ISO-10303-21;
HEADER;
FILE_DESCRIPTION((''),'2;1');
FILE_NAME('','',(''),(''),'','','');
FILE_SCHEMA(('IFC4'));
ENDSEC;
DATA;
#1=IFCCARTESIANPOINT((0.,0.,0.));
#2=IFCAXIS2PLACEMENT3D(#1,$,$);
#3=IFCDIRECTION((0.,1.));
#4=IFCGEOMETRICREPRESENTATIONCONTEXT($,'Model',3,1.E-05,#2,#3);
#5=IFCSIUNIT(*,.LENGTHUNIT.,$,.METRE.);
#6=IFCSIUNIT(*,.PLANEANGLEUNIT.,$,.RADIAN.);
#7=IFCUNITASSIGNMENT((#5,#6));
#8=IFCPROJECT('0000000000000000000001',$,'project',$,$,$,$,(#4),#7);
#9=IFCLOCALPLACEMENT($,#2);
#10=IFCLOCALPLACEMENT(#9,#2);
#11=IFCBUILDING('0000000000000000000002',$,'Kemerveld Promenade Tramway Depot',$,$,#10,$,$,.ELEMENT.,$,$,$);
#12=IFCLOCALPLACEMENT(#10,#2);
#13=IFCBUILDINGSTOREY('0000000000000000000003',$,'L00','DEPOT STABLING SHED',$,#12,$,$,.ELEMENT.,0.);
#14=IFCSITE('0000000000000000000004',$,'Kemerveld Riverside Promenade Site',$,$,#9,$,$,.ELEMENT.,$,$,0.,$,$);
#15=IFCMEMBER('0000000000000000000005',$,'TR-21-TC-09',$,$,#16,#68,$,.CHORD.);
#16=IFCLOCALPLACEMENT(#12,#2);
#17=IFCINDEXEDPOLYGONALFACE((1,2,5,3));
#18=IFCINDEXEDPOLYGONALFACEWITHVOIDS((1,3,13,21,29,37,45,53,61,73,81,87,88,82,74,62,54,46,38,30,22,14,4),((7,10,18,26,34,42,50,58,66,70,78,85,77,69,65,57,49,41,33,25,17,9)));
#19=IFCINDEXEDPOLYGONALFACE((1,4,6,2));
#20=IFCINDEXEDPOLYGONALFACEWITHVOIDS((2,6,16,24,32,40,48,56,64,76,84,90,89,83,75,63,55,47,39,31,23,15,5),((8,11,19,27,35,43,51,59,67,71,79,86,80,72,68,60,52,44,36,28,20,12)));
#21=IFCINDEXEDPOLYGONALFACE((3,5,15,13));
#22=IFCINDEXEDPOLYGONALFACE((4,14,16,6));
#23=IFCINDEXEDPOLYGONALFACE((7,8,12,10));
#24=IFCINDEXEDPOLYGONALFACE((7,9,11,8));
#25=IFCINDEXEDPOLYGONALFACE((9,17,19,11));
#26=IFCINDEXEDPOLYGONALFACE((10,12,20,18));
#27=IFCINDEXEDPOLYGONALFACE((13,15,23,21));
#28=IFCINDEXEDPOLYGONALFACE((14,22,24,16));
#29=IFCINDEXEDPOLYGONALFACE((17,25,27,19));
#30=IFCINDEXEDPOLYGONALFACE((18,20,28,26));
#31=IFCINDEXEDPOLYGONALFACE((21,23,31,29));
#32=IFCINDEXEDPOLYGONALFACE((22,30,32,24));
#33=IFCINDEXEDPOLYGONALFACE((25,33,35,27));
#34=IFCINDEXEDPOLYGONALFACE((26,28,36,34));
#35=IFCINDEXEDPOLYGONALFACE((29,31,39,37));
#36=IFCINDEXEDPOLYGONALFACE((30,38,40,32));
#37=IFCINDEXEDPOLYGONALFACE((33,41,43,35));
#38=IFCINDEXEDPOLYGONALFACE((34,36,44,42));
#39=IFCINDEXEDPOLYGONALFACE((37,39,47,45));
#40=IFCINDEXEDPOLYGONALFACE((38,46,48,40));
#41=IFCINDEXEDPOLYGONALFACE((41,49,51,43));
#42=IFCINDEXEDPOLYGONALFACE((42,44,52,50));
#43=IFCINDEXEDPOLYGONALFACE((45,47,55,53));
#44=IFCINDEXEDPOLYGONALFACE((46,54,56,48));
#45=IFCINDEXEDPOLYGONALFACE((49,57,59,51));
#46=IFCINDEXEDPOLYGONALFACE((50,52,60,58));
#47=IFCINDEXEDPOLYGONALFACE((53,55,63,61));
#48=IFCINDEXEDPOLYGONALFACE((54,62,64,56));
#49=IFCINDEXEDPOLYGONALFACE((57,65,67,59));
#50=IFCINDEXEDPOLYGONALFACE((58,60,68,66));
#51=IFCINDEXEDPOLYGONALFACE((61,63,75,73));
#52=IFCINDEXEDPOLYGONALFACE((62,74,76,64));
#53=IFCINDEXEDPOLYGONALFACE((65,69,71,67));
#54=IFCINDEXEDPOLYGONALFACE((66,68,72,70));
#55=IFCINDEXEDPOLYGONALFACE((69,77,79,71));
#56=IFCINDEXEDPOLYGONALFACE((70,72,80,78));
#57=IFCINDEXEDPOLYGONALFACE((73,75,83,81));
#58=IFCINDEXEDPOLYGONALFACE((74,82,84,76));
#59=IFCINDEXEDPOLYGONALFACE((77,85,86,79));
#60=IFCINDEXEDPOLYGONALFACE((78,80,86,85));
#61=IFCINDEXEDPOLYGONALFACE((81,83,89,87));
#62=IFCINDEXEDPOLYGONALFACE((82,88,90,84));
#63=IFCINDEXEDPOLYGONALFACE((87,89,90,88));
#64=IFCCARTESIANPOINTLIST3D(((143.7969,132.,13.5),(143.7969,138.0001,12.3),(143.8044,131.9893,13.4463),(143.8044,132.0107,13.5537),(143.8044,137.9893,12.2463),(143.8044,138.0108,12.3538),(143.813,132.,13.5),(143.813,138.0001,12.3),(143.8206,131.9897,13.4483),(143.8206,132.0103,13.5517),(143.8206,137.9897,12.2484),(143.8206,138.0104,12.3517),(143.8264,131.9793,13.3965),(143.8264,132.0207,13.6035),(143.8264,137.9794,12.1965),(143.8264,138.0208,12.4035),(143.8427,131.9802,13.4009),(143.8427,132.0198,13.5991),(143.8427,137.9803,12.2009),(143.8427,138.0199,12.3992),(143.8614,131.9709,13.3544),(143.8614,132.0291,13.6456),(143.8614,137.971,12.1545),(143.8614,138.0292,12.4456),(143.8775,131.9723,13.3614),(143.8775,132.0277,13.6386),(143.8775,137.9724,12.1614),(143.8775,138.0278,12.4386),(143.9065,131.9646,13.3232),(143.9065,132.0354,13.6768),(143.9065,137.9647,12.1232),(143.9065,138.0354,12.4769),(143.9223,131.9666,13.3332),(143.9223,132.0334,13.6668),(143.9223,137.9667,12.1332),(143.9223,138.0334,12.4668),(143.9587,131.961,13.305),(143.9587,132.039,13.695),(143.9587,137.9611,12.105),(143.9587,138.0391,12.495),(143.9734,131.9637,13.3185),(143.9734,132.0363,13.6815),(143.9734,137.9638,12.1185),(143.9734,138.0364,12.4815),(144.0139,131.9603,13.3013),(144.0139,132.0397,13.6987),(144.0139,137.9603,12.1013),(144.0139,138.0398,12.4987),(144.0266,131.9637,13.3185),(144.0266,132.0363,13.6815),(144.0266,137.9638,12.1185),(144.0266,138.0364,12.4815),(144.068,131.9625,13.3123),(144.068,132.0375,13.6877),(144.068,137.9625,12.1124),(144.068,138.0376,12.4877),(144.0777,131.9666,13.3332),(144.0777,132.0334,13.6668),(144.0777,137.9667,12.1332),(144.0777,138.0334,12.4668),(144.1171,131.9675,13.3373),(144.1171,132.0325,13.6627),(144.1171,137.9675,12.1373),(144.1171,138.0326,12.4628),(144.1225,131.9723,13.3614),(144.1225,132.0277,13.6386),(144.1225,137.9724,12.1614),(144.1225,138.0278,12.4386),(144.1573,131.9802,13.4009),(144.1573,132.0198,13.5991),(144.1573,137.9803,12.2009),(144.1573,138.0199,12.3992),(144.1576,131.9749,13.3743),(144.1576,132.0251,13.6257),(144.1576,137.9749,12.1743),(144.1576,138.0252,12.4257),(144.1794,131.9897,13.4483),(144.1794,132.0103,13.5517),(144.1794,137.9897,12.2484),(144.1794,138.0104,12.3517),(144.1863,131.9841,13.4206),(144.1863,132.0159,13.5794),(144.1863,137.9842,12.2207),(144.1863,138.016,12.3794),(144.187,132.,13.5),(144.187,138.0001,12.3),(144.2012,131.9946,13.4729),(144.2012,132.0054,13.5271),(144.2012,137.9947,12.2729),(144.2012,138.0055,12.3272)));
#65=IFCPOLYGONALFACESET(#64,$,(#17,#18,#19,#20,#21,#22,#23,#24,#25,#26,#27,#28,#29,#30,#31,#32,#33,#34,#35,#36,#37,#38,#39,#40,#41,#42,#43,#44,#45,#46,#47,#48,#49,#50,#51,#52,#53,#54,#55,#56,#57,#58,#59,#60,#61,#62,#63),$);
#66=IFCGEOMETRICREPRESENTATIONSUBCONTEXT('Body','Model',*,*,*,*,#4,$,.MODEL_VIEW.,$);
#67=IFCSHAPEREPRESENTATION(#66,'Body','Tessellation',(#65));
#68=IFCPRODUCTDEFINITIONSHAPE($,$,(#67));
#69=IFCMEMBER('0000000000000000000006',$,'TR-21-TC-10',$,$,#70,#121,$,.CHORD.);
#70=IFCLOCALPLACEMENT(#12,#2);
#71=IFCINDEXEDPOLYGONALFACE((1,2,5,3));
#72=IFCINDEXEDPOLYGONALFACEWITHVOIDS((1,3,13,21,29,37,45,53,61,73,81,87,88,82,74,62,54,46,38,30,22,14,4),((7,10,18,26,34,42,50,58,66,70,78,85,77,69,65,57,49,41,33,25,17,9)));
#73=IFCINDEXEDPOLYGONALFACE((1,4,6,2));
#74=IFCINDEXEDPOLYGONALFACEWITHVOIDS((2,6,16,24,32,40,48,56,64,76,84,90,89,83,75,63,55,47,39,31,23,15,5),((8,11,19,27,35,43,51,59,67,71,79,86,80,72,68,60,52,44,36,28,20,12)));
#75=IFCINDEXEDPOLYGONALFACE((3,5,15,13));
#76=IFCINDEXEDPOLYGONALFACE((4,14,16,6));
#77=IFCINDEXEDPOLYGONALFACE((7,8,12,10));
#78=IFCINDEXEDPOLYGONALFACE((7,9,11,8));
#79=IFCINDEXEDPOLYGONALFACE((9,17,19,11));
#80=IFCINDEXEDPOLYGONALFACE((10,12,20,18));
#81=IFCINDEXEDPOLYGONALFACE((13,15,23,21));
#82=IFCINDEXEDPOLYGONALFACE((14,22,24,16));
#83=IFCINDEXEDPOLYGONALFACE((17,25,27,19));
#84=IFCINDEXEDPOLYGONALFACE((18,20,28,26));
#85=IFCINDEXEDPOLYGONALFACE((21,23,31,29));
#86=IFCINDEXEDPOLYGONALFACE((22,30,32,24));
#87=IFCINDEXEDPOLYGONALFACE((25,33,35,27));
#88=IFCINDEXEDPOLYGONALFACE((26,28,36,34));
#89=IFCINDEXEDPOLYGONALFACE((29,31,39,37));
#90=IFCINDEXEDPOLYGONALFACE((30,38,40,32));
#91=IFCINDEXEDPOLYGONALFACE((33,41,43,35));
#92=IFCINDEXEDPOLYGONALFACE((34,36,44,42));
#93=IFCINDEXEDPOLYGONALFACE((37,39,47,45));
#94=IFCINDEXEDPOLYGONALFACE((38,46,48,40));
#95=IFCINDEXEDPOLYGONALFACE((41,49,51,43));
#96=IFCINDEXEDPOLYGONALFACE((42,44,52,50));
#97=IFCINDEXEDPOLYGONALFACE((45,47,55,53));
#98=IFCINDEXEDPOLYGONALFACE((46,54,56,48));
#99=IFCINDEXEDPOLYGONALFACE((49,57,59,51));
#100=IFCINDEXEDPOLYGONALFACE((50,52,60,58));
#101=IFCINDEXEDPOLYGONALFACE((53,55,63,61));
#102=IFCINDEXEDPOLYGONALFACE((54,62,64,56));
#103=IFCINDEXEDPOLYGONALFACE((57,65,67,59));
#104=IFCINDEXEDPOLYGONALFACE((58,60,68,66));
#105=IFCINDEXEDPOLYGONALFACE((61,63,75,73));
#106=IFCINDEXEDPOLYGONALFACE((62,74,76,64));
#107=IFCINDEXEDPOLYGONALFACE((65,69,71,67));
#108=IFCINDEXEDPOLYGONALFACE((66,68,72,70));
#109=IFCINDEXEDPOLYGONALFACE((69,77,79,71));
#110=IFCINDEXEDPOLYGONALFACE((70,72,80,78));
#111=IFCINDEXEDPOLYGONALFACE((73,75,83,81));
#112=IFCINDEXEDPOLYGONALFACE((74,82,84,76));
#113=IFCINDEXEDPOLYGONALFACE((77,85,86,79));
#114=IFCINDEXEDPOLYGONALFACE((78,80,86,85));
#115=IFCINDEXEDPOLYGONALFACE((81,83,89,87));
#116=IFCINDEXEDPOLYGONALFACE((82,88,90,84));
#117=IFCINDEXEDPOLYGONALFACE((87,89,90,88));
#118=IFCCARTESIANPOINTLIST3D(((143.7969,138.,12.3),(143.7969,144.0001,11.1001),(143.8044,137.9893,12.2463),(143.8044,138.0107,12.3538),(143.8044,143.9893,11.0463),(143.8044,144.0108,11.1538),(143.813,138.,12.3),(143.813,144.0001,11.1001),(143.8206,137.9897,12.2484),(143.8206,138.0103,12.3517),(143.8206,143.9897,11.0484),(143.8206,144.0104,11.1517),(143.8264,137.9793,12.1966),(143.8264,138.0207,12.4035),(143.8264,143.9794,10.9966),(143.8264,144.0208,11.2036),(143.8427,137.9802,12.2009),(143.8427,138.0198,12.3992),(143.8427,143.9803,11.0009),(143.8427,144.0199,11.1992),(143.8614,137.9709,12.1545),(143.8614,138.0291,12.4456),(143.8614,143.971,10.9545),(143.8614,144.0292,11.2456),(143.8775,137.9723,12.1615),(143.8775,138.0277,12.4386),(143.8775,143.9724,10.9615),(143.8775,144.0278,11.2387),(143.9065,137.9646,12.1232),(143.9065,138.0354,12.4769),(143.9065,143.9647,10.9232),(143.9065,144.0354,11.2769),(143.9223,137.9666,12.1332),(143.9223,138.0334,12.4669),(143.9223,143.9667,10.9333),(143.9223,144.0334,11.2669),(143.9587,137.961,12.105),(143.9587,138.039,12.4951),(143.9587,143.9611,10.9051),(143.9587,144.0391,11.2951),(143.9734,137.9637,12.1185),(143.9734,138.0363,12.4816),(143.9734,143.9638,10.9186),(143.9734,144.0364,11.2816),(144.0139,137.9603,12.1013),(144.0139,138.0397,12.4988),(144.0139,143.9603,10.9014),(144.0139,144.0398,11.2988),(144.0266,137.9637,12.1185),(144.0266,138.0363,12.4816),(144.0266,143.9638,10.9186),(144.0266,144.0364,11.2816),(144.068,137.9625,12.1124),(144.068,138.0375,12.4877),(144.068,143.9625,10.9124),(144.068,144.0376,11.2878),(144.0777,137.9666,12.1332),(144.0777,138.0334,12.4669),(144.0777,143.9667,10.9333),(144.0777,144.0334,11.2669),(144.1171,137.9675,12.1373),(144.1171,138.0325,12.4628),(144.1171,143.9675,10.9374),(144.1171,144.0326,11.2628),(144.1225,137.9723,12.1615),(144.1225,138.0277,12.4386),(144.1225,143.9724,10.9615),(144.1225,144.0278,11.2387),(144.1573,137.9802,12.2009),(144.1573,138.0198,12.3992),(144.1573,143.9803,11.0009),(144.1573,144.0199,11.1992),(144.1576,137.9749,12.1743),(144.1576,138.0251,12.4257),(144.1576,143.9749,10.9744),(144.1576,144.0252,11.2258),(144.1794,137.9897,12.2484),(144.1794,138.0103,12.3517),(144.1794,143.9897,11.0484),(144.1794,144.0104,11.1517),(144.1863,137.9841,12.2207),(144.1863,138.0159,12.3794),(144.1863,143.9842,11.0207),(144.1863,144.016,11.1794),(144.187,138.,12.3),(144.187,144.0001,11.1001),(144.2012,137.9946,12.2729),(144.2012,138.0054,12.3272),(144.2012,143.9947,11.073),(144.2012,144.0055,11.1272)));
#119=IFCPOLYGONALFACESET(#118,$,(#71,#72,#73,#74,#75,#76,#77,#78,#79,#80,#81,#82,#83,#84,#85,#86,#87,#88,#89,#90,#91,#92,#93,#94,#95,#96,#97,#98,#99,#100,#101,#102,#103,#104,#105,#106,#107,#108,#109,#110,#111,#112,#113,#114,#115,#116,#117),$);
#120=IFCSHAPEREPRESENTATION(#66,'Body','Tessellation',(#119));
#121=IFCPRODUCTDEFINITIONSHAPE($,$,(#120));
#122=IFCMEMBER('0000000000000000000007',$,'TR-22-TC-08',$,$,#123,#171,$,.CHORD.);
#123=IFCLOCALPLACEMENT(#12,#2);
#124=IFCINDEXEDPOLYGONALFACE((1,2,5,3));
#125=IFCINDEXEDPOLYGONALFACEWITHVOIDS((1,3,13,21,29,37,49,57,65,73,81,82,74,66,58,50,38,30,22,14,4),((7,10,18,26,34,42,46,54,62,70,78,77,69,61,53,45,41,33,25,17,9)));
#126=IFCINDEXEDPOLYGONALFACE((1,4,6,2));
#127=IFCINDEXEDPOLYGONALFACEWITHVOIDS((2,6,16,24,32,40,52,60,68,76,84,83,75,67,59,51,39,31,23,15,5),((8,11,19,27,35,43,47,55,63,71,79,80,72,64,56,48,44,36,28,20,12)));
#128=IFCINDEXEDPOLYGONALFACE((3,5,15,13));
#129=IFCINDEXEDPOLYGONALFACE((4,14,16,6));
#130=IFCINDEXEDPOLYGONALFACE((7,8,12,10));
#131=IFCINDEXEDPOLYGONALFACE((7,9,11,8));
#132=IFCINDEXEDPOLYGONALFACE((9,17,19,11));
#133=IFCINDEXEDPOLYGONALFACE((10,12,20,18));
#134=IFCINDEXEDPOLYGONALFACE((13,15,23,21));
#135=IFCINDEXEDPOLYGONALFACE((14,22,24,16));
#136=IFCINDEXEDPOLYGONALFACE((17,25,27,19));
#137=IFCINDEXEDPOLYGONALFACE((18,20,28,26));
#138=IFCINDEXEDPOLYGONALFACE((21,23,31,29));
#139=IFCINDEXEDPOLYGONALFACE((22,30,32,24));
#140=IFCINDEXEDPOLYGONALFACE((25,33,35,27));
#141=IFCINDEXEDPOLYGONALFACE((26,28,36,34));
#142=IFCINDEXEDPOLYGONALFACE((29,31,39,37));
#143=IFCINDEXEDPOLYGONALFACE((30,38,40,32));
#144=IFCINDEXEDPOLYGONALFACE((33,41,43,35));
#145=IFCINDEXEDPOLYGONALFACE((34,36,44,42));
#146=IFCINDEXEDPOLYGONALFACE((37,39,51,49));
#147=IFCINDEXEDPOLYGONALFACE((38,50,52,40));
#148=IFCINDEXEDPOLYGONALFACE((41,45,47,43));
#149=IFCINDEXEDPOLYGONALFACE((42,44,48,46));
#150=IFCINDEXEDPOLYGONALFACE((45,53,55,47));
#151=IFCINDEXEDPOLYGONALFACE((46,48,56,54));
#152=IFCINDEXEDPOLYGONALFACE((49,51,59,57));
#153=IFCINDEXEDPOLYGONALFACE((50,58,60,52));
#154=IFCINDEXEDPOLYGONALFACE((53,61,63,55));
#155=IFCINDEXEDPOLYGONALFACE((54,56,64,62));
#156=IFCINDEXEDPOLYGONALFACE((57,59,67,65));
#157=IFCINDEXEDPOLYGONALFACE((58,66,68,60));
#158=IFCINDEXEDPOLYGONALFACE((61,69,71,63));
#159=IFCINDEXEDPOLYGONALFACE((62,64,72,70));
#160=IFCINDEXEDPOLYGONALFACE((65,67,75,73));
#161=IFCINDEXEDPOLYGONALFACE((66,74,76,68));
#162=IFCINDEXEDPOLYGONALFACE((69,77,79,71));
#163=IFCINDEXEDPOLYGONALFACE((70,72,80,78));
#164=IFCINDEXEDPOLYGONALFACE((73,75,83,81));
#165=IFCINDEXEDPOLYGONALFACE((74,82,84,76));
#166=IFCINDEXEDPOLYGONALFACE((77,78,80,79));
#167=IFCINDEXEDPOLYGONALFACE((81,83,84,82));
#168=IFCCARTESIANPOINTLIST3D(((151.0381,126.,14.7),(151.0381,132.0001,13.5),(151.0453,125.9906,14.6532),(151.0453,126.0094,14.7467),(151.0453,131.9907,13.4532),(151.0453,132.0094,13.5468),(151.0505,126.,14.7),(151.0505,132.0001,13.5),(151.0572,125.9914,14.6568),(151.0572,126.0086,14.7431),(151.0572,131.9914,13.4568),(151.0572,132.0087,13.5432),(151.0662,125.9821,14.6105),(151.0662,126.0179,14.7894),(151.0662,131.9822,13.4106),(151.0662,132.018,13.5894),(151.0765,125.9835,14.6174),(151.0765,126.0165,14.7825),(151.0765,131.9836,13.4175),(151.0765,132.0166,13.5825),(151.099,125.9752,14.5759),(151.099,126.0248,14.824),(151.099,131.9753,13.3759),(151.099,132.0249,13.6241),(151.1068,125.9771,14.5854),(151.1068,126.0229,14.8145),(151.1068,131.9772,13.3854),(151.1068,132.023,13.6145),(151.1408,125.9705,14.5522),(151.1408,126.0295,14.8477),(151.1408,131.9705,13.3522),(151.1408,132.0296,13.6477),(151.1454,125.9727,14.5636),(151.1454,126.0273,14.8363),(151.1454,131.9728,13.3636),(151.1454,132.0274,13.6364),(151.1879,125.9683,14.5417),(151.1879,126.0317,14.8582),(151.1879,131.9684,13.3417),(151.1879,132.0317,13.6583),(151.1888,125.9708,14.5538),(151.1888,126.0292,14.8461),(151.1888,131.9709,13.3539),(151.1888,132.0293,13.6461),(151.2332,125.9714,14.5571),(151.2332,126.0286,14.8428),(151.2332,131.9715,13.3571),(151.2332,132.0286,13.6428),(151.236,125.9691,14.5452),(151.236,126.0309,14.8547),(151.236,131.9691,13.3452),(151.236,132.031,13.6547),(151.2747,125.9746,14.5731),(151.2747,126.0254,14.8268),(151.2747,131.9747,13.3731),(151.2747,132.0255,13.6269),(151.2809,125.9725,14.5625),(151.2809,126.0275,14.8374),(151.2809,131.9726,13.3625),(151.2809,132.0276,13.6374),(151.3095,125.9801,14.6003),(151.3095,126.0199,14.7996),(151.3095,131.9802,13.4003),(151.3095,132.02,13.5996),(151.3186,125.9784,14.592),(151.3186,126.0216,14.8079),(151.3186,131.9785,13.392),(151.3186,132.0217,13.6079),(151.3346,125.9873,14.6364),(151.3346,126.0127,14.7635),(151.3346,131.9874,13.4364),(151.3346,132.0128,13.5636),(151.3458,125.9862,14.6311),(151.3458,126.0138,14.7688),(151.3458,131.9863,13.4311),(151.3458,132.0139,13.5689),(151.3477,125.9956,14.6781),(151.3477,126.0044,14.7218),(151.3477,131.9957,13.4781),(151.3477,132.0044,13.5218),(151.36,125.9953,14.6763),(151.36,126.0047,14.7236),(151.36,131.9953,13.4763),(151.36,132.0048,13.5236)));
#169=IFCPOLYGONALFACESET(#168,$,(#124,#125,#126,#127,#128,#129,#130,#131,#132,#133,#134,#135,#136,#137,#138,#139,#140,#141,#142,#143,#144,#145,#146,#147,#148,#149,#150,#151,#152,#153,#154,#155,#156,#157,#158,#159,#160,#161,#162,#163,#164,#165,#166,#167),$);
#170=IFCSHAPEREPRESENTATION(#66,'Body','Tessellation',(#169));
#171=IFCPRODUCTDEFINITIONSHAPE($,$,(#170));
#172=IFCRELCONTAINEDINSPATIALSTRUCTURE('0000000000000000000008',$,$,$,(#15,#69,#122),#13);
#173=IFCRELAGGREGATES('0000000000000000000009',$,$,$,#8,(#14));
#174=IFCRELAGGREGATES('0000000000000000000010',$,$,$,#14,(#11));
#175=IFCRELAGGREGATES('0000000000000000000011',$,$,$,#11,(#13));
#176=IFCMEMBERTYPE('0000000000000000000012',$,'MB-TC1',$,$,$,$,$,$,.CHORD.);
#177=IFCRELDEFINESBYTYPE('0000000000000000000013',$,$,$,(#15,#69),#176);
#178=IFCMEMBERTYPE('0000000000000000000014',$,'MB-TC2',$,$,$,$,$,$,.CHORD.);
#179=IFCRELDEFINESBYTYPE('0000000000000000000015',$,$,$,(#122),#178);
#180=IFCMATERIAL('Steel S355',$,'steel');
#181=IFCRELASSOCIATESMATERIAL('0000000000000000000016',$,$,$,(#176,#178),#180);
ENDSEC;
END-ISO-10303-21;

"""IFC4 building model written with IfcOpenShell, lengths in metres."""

from ifc_helpers import new_model, si_unit, direction, frame, origin, origin_2d, place, context, subcontext, project, spatial, hollow_circle, extrude, material, material_profile, profile_set, type_object, element, save


model = new_model("IFC4")

# Units and contexts
model_context = context("Model", 3, precision=1e-05, world=origin(), true_north=direction((0.0, 1.0)))
body_context = subcontext(model_context, "Body", "Model", "MODEL_VIEW")
ifc_project = project(units=[si_unit("LENGTHUNIT", "METRE"), si_unit("PLANEANGLEUNIT", "RADIAN")], contexts=[model_context])

# Site, building, storey
site_placement = place(None, origin())
site = spatial("IfcSite", under=ifc_project, at=site_placement, Name="Kemerveld Riverside Promenade Site", CompositionType="ELEMENT", RefElevation=0.0)
building_placement = place(site_placement, origin())
building = spatial("IfcBuilding", under=site, at=building_placement, Name="Kemerveld Promenade Tramway Depot", CompositionType="ELEMENT")
storey_placement = place(building_placement, origin())
storey = spatial("IfcBuildingStorey", under=building, at=storey_placement, Name="L00", Description="DEPOT STABLING SHED", CompositionType="ELEMENT", Elevation=0.0)

# Members
ifc_material = material(Name="Steel S355", Category="steel")
ifc_material_profile_1 = material_profile(ifc_material, hollow_circle(Radius=0.2031, WallThickness=0.0161, at=origin_2d()), Name="406.4x16.0 CHS")
ifc_profile_set_1 = profile_set([ifc_material_profile_1], Name="Steel S355")
member_type_1 = type_object("IfcMemberType", Name="MB-TC1", PredefinedType="CHORD", material=ifc_profile_set_1)
for number, where, z_axis, x_axis, name in (
    (1, (144.0, 132.0, 13.5), (0.0, 0.980582, -0.196108), (-1.0, 0.0, 0.0), "TR-21-TC-09"),
    (2, (144.0, 138.0, 12.3), (0.0, 0.980582, -0.196108), (-1.0, 0.0, 0.0), "TR-21-TC-10"),
):
    element("IfcMember", number, at=place(storey_placement, frame(where, z_axis=z_axis, x_axis=x_axis)), inside=storey, type_object=member_type_1, Name=name, PredefinedType="CHORD", context=body_context, shape_type="SweptSolid", body=[
        extrude(hollow_circle(Radius=0.2031, WallThickness=0.0161, at=origin_2d()), origin(), (0.0, 0.0, 1.0), 6.1189),
    ])
ifc_material_profile_2 = material_profile(ifc_material, hollow_circle(Radius=0.1619, WallThickness=0.0125, at=origin_2d()), Name="323.9x12.5 CHS")
ifc_profile_set_2 = profile_set([ifc_material_profile_2], Name="Steel S355")
member_type_2 = type_object("IfcMemberType", Name="MB-TC2", PredefinedType="CHORD", material=ifc_profile_set_2)
member_1_placement = place(storey_placement, frame((151.2, 126.0, 14.7), z_axis=(0.0, 0.980582, -0.196108), x_axis=(-1.0, 0.0, 0.0)))
element("IfcMember", 3, at=member_1_placement, inside=storey, type_object=member_type_2, Name="TR-22-TC-08", PredefinedType="CHORD", context=body_context, shape_type="SweptSolid", body=[
    extrude(hollow_circle(Radius=0.1619, WallThickness=0.0125, at=origin_2d()), origin(), (0.0, 0.0, 1.0), 6.1189),
])

save(model, "model.ifc")
